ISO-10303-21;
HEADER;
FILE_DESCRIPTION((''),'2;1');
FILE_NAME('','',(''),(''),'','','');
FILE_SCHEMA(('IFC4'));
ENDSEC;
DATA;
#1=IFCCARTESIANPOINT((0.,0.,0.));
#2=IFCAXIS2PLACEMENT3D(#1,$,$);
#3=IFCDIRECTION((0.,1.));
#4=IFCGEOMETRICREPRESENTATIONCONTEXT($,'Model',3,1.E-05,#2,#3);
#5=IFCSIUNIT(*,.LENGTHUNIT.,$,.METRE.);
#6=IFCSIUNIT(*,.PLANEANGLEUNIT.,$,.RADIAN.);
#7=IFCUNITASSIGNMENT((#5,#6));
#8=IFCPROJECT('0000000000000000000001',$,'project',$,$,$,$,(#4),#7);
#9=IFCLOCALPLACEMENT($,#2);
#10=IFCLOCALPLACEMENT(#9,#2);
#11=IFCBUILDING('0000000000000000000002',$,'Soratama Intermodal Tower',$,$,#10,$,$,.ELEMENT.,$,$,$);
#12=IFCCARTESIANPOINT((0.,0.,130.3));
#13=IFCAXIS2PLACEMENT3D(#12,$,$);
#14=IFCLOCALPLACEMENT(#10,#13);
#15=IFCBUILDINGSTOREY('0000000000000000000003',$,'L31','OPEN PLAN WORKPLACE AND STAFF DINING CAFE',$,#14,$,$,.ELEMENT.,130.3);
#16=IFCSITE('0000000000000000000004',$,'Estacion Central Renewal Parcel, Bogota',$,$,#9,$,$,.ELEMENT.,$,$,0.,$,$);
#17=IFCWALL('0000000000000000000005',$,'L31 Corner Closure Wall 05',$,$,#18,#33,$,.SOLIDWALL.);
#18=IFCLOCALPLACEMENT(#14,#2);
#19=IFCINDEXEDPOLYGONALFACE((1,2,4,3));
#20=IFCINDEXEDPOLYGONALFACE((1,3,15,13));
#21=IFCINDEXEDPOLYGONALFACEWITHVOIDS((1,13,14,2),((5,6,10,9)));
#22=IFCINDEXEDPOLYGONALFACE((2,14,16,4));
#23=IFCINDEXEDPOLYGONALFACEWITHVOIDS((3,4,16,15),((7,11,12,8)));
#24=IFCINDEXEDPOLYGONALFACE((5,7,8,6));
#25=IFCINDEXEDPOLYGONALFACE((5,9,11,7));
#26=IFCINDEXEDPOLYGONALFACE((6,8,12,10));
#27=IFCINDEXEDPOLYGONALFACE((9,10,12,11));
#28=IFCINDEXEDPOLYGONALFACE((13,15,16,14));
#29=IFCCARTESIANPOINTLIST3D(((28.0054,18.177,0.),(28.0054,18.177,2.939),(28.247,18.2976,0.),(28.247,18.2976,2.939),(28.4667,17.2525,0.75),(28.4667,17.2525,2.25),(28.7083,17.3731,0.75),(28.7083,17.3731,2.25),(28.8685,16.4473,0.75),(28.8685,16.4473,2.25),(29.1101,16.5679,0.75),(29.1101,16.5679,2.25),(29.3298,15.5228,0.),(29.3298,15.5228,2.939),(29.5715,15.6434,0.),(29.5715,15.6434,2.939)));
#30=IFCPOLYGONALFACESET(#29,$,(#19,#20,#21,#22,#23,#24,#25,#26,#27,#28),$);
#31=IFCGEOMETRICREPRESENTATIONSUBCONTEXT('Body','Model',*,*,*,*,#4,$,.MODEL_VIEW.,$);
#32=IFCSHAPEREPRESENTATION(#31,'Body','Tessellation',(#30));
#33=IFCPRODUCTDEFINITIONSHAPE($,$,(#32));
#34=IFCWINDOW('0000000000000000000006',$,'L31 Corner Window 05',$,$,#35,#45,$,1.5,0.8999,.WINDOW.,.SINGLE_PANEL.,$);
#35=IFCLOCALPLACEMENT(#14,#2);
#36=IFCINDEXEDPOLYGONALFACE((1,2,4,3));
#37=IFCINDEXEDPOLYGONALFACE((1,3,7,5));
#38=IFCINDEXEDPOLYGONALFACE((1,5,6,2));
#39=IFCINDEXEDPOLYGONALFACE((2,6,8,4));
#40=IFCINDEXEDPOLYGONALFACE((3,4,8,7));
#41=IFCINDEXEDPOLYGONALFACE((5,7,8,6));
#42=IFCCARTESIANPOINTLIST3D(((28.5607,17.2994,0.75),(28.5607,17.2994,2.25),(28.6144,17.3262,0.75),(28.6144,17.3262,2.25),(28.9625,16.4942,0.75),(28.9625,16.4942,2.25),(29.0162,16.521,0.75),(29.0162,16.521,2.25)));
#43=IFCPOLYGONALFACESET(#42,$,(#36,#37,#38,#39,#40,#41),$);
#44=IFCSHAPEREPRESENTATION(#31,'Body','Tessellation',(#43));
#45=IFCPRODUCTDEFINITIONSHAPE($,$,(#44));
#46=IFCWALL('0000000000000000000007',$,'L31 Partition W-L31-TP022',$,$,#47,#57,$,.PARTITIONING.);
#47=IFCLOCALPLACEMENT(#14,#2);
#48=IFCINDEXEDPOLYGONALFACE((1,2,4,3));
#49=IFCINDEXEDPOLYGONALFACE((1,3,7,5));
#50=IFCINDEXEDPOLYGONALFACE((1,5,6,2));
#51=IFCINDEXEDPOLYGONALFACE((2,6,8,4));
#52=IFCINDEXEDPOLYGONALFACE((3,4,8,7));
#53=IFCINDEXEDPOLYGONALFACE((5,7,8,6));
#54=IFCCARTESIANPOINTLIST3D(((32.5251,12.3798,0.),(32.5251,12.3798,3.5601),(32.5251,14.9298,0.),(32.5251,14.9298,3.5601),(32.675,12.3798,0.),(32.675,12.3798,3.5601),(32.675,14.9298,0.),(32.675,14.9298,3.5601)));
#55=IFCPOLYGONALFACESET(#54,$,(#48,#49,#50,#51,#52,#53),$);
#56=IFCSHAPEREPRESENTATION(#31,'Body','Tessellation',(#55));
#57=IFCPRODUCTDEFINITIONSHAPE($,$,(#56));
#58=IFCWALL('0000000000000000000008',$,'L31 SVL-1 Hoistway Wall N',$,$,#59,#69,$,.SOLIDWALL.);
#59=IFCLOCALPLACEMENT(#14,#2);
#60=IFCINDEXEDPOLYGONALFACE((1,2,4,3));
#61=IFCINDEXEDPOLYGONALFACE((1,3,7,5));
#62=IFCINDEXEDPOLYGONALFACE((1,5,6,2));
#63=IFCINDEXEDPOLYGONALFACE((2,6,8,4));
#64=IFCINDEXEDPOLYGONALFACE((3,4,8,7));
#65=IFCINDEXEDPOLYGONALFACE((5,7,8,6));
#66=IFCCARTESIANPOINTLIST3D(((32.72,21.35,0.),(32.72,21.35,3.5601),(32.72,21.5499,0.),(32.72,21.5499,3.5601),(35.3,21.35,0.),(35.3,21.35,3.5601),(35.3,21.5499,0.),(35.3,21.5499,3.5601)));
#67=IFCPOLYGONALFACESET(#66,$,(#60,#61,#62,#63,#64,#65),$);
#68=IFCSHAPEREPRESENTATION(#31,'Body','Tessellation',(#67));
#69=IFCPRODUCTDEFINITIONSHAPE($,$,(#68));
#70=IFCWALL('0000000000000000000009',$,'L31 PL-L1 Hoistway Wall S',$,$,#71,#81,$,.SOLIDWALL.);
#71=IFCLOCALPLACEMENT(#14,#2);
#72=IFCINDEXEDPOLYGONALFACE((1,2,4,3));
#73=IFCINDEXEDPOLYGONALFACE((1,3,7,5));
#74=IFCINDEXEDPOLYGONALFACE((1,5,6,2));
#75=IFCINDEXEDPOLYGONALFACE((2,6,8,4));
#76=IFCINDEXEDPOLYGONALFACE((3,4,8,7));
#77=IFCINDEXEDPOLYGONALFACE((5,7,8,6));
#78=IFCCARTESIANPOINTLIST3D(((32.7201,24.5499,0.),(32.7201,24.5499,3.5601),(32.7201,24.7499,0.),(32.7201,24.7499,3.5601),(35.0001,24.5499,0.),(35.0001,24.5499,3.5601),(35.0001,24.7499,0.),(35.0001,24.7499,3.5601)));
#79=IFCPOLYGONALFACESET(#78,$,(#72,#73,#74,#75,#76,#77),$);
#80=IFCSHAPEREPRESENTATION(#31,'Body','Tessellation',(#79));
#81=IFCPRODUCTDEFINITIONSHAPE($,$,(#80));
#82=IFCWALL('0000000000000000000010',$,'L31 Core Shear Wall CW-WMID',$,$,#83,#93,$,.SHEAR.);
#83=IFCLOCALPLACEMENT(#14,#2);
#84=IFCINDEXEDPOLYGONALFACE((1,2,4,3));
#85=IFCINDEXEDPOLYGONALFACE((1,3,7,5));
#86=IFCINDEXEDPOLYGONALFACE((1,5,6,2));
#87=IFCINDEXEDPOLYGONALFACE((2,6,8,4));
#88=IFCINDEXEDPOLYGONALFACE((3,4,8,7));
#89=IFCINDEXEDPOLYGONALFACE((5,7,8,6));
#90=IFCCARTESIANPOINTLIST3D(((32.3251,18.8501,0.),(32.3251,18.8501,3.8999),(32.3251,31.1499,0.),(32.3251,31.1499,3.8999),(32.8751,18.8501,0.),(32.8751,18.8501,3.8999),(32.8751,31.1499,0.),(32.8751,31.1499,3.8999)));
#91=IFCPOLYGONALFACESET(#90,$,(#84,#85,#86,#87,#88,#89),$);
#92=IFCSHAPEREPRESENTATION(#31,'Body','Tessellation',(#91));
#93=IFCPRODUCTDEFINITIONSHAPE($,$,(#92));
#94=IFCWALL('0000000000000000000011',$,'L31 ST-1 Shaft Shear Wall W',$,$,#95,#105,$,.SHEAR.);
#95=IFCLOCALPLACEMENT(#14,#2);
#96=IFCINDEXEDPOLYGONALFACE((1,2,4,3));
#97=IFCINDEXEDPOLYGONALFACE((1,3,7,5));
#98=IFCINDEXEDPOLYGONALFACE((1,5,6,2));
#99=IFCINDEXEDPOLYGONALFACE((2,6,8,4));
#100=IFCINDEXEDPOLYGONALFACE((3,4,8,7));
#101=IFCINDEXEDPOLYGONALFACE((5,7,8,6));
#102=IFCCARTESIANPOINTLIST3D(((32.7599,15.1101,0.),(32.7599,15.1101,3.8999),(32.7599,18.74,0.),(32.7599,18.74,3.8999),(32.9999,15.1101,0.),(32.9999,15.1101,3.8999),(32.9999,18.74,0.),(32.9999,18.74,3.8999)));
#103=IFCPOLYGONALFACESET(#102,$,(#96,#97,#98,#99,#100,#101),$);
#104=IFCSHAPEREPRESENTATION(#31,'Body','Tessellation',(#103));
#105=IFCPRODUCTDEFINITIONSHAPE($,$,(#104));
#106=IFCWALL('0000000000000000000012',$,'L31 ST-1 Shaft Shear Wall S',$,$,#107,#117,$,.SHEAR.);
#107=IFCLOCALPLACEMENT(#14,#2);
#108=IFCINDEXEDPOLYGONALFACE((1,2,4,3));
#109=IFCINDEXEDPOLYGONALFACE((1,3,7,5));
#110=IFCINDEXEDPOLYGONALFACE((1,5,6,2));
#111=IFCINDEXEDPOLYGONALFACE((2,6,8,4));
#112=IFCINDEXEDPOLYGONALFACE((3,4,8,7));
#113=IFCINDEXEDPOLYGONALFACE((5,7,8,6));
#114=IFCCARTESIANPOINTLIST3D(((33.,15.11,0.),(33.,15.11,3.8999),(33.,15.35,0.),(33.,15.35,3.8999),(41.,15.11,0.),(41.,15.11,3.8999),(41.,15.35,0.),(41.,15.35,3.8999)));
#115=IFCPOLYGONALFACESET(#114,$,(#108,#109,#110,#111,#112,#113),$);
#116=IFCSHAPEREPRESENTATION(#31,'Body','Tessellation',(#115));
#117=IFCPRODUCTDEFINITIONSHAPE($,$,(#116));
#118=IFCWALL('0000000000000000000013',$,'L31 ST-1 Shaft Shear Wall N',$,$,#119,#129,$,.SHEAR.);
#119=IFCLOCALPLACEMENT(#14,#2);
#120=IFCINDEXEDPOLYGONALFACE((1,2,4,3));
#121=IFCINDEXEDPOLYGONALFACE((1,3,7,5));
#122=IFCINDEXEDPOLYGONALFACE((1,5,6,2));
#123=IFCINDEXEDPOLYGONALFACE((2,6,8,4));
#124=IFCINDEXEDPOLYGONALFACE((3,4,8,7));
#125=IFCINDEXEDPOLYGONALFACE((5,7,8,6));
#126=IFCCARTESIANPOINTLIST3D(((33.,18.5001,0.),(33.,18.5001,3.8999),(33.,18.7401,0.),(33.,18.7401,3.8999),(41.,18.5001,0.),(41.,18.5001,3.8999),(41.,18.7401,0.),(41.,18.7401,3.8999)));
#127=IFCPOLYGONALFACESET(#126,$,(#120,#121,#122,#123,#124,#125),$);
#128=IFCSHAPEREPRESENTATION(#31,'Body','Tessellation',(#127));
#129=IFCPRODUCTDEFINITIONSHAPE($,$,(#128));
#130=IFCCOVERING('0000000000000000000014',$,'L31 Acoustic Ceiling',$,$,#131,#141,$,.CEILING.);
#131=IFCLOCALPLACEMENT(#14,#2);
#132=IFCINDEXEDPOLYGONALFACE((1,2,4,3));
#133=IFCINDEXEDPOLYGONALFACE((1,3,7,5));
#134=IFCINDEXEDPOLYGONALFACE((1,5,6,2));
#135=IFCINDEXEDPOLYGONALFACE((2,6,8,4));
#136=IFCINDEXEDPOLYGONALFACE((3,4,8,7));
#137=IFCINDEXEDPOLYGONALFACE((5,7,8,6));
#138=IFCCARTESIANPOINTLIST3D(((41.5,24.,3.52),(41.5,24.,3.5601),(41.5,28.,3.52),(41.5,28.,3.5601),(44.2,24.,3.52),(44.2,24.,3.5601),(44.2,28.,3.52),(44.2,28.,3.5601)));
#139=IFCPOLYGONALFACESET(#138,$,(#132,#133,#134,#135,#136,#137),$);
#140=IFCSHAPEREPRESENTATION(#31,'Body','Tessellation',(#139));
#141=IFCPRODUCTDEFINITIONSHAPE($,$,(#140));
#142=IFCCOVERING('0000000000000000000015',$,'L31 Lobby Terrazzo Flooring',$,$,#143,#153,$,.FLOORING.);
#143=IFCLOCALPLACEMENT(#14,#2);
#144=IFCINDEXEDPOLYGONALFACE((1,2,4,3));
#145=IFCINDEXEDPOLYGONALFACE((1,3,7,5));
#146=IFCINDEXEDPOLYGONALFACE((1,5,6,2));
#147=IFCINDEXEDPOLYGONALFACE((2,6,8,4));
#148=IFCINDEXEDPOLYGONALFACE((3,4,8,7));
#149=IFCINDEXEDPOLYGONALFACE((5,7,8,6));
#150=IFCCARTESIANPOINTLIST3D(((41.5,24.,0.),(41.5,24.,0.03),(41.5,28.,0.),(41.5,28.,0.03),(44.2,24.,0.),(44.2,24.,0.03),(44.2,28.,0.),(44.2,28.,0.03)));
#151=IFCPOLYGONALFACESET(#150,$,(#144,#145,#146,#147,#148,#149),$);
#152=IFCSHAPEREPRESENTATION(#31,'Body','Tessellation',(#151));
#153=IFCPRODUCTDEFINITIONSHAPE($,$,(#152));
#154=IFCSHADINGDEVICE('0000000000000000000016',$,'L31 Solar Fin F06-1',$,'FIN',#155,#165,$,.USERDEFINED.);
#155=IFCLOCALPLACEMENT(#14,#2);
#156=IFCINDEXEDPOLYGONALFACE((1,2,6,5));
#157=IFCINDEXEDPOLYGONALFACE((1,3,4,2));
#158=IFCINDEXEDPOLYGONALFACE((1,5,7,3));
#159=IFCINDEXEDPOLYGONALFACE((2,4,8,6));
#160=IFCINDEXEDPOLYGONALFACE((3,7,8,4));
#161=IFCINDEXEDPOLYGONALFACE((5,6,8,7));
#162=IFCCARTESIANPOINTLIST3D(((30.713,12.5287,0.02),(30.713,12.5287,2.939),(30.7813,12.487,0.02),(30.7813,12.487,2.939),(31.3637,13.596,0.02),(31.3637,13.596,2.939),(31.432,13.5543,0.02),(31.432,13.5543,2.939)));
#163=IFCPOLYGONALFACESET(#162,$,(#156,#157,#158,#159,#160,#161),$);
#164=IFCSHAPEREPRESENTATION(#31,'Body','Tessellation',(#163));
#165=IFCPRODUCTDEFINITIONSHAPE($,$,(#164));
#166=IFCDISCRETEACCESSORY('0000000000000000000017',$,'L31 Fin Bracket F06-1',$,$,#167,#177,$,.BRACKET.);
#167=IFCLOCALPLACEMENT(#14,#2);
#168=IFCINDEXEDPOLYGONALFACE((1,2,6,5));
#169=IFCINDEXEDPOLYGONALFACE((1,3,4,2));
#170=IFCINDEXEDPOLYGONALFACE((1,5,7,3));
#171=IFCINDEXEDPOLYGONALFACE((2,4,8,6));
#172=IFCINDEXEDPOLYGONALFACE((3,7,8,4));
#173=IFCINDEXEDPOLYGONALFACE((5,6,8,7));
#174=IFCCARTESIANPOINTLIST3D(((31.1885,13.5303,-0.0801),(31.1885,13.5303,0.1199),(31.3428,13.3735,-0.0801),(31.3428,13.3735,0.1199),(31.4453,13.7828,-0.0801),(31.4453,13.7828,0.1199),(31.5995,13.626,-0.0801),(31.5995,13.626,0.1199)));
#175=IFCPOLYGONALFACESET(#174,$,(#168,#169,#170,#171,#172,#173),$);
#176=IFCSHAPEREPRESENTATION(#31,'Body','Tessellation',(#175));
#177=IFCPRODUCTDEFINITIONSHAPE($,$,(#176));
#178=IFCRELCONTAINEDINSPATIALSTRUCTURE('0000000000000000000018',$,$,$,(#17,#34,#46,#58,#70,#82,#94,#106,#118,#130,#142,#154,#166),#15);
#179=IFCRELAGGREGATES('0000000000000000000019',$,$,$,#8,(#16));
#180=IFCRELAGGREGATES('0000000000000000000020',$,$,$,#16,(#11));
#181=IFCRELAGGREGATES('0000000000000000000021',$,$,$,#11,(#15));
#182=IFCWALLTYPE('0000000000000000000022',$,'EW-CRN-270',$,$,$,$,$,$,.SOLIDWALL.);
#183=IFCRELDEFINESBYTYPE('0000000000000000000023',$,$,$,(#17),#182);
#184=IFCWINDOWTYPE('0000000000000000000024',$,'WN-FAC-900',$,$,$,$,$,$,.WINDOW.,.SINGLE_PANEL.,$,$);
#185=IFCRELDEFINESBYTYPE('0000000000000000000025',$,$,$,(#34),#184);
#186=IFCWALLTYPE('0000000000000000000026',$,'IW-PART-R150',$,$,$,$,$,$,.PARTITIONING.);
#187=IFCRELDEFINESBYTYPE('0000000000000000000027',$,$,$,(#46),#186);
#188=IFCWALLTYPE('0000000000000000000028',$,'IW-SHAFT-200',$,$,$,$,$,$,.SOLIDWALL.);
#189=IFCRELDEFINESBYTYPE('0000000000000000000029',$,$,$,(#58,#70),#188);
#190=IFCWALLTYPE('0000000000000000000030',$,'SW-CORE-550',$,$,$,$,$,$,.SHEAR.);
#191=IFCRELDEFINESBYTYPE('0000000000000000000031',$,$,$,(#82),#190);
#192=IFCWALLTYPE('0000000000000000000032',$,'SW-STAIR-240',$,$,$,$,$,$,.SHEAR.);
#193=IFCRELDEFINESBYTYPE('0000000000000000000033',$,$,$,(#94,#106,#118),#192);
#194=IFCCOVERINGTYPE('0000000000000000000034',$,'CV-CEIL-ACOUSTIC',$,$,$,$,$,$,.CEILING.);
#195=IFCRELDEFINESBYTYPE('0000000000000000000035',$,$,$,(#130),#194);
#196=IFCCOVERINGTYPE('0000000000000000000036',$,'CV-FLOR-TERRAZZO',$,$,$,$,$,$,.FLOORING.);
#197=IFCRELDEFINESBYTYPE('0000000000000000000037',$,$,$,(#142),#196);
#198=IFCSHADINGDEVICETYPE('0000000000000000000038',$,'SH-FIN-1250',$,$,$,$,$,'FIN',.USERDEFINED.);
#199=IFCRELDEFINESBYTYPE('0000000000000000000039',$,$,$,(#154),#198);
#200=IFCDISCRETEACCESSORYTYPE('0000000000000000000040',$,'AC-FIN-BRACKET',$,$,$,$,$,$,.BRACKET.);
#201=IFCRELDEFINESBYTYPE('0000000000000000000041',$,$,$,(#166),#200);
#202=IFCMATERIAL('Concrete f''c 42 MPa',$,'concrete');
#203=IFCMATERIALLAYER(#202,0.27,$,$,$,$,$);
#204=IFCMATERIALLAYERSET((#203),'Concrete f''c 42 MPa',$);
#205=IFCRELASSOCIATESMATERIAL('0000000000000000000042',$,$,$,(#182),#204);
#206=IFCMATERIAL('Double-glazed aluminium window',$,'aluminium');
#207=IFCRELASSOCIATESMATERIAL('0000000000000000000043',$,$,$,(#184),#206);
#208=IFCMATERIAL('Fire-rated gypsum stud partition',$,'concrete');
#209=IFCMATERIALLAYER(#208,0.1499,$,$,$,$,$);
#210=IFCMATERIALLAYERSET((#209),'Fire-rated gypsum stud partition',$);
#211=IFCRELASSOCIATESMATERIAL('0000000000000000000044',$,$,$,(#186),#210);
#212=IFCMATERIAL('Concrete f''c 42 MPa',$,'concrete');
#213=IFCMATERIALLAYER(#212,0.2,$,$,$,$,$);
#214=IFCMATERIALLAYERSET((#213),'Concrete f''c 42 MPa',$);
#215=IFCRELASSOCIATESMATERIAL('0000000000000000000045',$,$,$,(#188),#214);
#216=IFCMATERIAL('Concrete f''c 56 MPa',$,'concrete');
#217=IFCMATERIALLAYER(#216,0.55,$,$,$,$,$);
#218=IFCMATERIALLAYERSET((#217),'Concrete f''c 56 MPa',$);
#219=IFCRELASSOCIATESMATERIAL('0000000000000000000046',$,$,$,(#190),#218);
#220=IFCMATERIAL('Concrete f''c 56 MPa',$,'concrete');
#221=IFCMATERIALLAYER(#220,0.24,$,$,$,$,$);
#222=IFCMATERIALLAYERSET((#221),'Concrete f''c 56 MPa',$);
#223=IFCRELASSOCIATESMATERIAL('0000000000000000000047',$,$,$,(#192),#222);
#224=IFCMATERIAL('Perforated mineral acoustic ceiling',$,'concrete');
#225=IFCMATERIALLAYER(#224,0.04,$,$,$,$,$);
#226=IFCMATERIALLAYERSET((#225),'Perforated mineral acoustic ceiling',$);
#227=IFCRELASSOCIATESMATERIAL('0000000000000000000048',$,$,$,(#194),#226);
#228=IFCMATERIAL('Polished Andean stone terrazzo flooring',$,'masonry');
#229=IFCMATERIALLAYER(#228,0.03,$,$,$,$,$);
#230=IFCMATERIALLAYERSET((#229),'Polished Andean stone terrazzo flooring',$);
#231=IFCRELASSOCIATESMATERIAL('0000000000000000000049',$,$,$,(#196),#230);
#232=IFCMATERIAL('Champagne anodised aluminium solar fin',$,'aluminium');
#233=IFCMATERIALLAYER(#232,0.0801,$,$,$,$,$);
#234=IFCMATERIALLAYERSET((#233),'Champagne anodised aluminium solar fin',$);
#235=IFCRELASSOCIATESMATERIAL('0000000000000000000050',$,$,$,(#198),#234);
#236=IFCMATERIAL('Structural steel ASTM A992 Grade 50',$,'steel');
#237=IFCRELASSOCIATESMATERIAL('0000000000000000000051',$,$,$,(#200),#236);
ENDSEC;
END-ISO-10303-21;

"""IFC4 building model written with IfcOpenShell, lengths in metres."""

from ifc_helpers import new_model, si_unit, direction, frame, frame_2d, origin, origin_2d, place, context, subcontext, project, spatial, polyline, rectangle, outline, extrude, material, layer, layer_set, type_object, element, fill, save


model = new_model("IFC4")

# Units and contexts
model_context = context("Model", 3, precision=1e-05, world=origin(), true_north=direction((0.0, 1.0)))
body_context = subcontext(model_context, "Body", "Model", "MODEL_VIEW")
ifc_project = project(units=[si_unit("LENGTHUNIT", "METRE"), si_unit("PLANEANGLEUNIT", "RADIAN")], contexts=[model_context])

# Site, building, storey
site_placement = place(None, origin())
site = spatial("IfcSite", under=ifc_project, at=site_placement, Name="Estacion Central Renewal Parcel, Bogota", CompositionType="ELEMENT", RefElevation=0.0)
building_placement = place(site_placement, origin())
building = spatial("IfcBuilding", under=site, at=building_placement, Name="Soratama Intermodal Tower", CompositionType="ELEMENT")
storey_placement = place(building_placement, frame((0.0, 0.0, 130.3)))
storey = spatial("IfcBuildingStorey", under=building, at=storey_placement, Name="L31", Description="OPEN PLAN WORKPLACE AND STAFF DINING CAFE", CompositionType="ELEMENT", Elevation=130.3)

# Wall, opening, window
ifc_material_1 = material(Name="Concrete f'c 42 MPa", Category="concrete")
ifc_layer_1 = layer(ifc_material_1, 0.27)
ifc_layer_set_1 = layer_set([ifc_layer_1], Name="Concrete f'c 42 MPa")
wall_type_1 = type_object("IfcWallType", Name="EW-CRN-270", PredefinedType="SOLIDWALL", material=ifc_layer_set_1)
wall_1_placement = place(storey_placement, frame((28.1262, 18.2373, 0.0), z_axis=(0.0, 0.0, 1.0), x_axis=(0.446489, -0.894789, 0.0)))
wall_1 = element("IfcWall", 1, at=wall_1_placement, inside=storey, type_object=wall_type_1, Name="L31 Corner Closure Wall 05", PredefinedType="SOLIDWALL", context=body_context, shape_type="SweptSolid", body=[
    extrude(rectangle(XDim=2.9663, YDim=0.27, at=frame_2d((1.4832, 0.0))), origin(), (0.0, 0.0, 1.0), 2.939),
])
opening_placement = place(wall_1_placement, frame((1.0332, 0.0, 0.75)))
opening = element("IfcOpeningElement", 2, at=opening_placement, cuts=wall_1, PredefinedType="OPENING", context=body_context, shape_type="SweptSolid", body=[
    extrude(rectangle(XDim=0.8999, YDim=1.5, at=frame_2d((0.45, 0.75))), frame((0.0, 0.145, 0.0), z_axis=(0.0, -1.0, 0.0), x_axis=(1.0, 0.0, 0.0)), (0.0, 0.0, 1.0), 0.29),
])
ifc_material_2 = material(Name="Double-glazed aluminium window", Category="aluminium")
window_type = type_object("IfcWindowType", Name="WN-FAC-900", PartitioningType="SINGLE_PANEL", PredefinedType="WINDOW", material=ifc_material_2)
window_placement = place(opening_placement, origin())
window = element("IfcWindow", 3, at=window_placement, inside=storey, type_object=window_type, Name="L31 Corner Window 05", OverallHeight=1.5, OverallWidth=0.8999, PartitioningType="SINGLE_PANEL", PredefinedType="WINDOW", context=body_context, shape_type="SweptSolid", body=[
    extrude(rectangle(XDim=0.8999, YDim=1.5, at=frame_2d((0.45, 0.75))), frame((0.0, 0.03, 0.0), z_axis=(0.0, -1.0, 0.0), x_axis=(1.0, 0.0, 0.0)), (0.0, 0.0, 1.0), 0.0601),
])
fill(opening, window)

# Walls
ifc_material_3 = material(Name="Fire-rated gypsum stud partition", Category="concrete")
ifc_layer_2 = layer(ifc_material_3, 0.1499)
ifc_layer_set_2 = layer_set([ifc_layer_2], Name="Fire-rated gypsum stud partition")
wall_type_2 = type_object("IfcWallType", Name="IW-PART-R150", PredefinedType="PARTITIONING", material=ifc_layer_set_2)
wall_2_placement = place(storey_placement, frame((32.6001, 12.3799, 0.0), z_axis=(0.0, 0.0, 1.0), x_axis=(0.0, 1.0, 0.0)))
element("IfcWall", 4, at=wall_2_placement, inside=storey, type_object=wall_type_2, Name="L31 Partition W-L31-TP022", PredefinedType="PARTITIONING", context=body_context, shape_type="SweptSolid", body=[
    extrude(rectangle(XDim=2.55, YDim=0.1499, at=frame_2d((1.2749, 0.0))), origin(), (0.0, 0.0, 1.0), 3.5601),
])
ifc_material_4 = material(Name="Concrete f'c 42 MPa", Category="concrete")
ifc_layer_3 = layer(ifc_material_4, 0.2)
ifc_layer_set_3 = layer_set([ifc_layer_3], Name="Concrete f'c 42 MPa")
wall_type_3 = type_object("IfcWallType", Name="IW-SHAFT-200", PredefinedType="SOLIDWALL", material=ifc_layer_set_3)
wall_3_placement = place(storey_placement, frame((32.72, 21.45, 0.0), z_axis=(0.0, 0.0, 1.0), x_axis=(1.0, 0.0, 0.0)))
element("IfcWall", 5, at=wall_3_placement, inside=storey, type_object=wall_type_3, Name="L31 SVL-1 Hoistway Wall N", PredefinedType="SOLIDWALL", context=body_context, shape_type="SweptSolid", body=[
    extrude(rectangle(XDim=2.5801, YDim=0.2, at=frame_2d((1.29, 0.0))), origin(), (0.0, 0.0, 1.0), 3.5601),
])
wall_4_placement = place(storey_placement, frame((32.72, 24.6499, 0.0), z_axis=(0.0, 0.0, 1.0), x_axis=(1.0, 0.0, 0.0)))
element("IfcWall", 6, at=wall_4_placement, inside=storey, type_object=wall_type_3, Name="L31 PL-L1 Hoistway Wall S", PredefinedType="SOLIDWALL", context=body_context, shape_type="SweptSolid", body=[
    extrude(rectangle(XDim=2.28, YDim=0.2, at=frame_2d((1.1401, 0.0))), origin(), (0.0, 0.0, 1.0), 3.5601),
])
ifc_material_5 = material(Name="Concrete f'c 56 MPa", Category="concrete")
ifc_layer_4 = layer(ifc_material_5, 0.55)
ifc_layer_set_4 = layer_set([ifc_layer_4], Name="Concrete f'c 56 MPa")
wall_type_4 = type_object("IfcWallType", Name="SW-CORE-550", PredefinedType="SHEAR", material=ifc_layer_set_4)
wall_5_placement = place(storey_placement, frame((32.6001, 18.8501, 0.0), z_axis=(0.0, 0.0, 1.0), x_axis=(0.0, 1.0, 0.0)))
element("IfcWall", 7, at=wall_5_placement, inside=storey, type_object=wall_type_4, Name="L31 Core Shear Wall CW-WMID", PredefinedType="SHEAR", context=body_context, shape_type="SweptSolid", body=[
    extrude(rectangle(XDim=12.2998, YDim=0.55, at=frame_2d((6.1499, 0.0))), origin(), (0.0, 0.0, 1.0), 3.8999),
])
ifc_material_6 = material(Name="Concrete f'c 56 MPa", Category="concrete")
ifc_layer_5 = layer(ifc_material_6, 0.24)
ifc_layer_set_5 = layer_set([ifc_layer_5], Name="Concrete f'c 56 MPa")
wall_type_5 = type_object("IfcWallType", Name="SW-STAIR-240", PredefinedType="SHEAR", material=ifc_layer_set_5)
wall_6_placement = place(storey_placement, frame((32.8799, 15.1101, 0.0), z_axis=(0.0, 0.0, 1.0), x_axis=(0.0, 1.0, 0.0)))
element("IfcWall", 8, at=wall_6_placement, inside=storey, type_object=wall_type_5, Name="L31 ST-1 Shaft Shear Wall W", PredefinedType="SHEAR", context=body_context, shape_type="SweptSolid", body=[
    extrude(rectangle(XDim=3.6299, YDim=0.24, at=frame_2d((1.8149, 0.0))), origin(), (0.0, 0.0, 1.0), 3.8999),
])
for number, where, z_axis, x_axis, name in (
    (9, (33.0, 15.23, 0.0), (0.0, 0.0, 1.0), (1.0, 0.0, 0.0), "L31 ST-1 Shaft Shear Wall S"),
    (10, (33.0, 18.6201, 0.0), (0.0, 0.0, 1.0), (1.0, 0.0, 0.0), "L31 ST-1 Shaft Shear Wall N"),
):
    element("IfcWall", number, at=place(storey_placement, frame(where, z_axis=z_axis, x_axis=x_axis)), inside=storey, type_object=wall_type_5, Name=name, PredefinedType="SHEAR", context=body_context, shape_type="SweptSolid", body=[
        extrude(rectangle(XDim=8.0, YDim=0.24, at=frame_2d((4.0, 0.0))), origin(), (0.0, 0.0, 1.0), 3.8999),
    ])

# Coverings
ifc_material_7 = material(Name="Perforated mineral acoustic ceiling", Category="concrete")
ifc_layer_6 = layer(ifc_material_7, 0.04)
ifc_layer_set_6 = layer_set([ifc_layer_6], Name="Perforated mineral acoustic ceiling")
covering_type_1 = type_object("IfcCoveringType", Name="CV-CEIL-ACOUSTIC", PredefinedType="CEILING", material=ifc_layer_set_6)
covering_1_placement = place(storey_placement, frame((0.0, 0.0, 3.52)))
element("IfcCovering", 11, at=covering_1_placement, inside=storey, type_object=covering_type_1, Name="L31 Acoustic Ceiling", PredefinedType="CEILING", context=body_context, shape_type="SweptSolid", body=[
    extrude(outline(polyline([(41.5, 24.0), (44.2, 24.0), (44.2, 28.0), (41.5, 28.0), (41.5, 24.0)])), origin(), (0.0, 0.0, 1.0), 0.04),
])
ifc_material_8 = material(Name="Polished Andean stone terrazzo flooring", Category="masonry")
ifc_layer_7 = layer(ifc_material_8, 0.03)
ifc_layer_set_7 = layer_set([ifc_layer_7], Name="Polished Andean stone terrazzo flooring")
covering_type_2 = type_object("IfcCoveringType", Name="CV-FLOR-TERRAZZO", PredefinedType="FLOORING", material=ifc_layer_set_7)
covering_2_placement = place(storey_placement, origin())
element("IfcCovering", 12, at=covering_2_placement, inside=storey, type_object=covering_type_2, Name="L31 Lobby Terrazzo Flooring", PredefinedType="FLOORING", context=body_context, shape_type="SweptSolid", body=[
    extrude(outline(polyline([(41.5, 24.0), (44.2, 24.0), (44.2, 28.0), (41.5, 28.0), (41.5, 24.0)])), origin(), (0.0, 0.0, 1.0), 0.03),
])

# Shading device
ifc_material_9 = material(Name="Champagne anodised aluminium solar fin", Category="aluminium")
ifc_layer_8 = layer(ifc_material_9, 0.0801)
ifc_layer_set_8 = layer_set([ifc_layer_8], Name="Champagne anodised aluminium solar fin")
shading_device_type = type_object("IfcShadingDeviceType", Name="SH-FIN-1250", ElementType="FIN", PredefinedType="USERDEFINED", material=ifc_layer_set_8)
shading_device_placement = place(storey_placement, frame((31.0725, 13.0415, 0.02), z_axis=(0.0, 0.0, 1.0), x_axis=(-0.520563, -0.853823, 0.0)))
element("IfcShadingDevice", 13, at=shading_device_placement, inside=storey, type_object=shading_device_type, Name="L31 Solar Fin F06-1", ObjectType="FIN", PredefinedType="USERDEFINED", context=body_context, shape_type="SweptSolid", body=[
    extrude(rectangle(XDim=1.25, YDim=0.0801, at=origin_2d()), origin(), (0.0, 0.0, 1.0), 2.9189),
])

# Discrete accessory
ifc_material_10 = material(Name="Structural steel ASTM A992 Grade 50", Category="steel")
discrete_accessory_type_1 = type_object("IfcDiscreteAccessoryType", Name="AC-FIN-BRACKET", PredefinedType="BRACKET", material=ifc_material_10)
discrete_accessory_1_placement = place(storey_placement, frame((31.394, 13.5781, -0.0801), z_axis=(0.0, 0.0, 1.0), x_axis=(-0.713006, -0.701158, 0.0)))
element("IfcDiscreteAccessory", 14, at=discrete_accessory_1_placement, inside=storey, type_object=discrete_accessory_type_1, Name="L31 Fin Bracket F06-1", PredefinedType="BRACKET", context=body_context, shape_type="SweptSolid", body=[
    extrude(rectangle(XDim=0.3601, YDim=0.22, at=origin_2d()), origin(), (0.0, 0.0, 1.0), 0.2),
])

save(model, "model.ifc")
